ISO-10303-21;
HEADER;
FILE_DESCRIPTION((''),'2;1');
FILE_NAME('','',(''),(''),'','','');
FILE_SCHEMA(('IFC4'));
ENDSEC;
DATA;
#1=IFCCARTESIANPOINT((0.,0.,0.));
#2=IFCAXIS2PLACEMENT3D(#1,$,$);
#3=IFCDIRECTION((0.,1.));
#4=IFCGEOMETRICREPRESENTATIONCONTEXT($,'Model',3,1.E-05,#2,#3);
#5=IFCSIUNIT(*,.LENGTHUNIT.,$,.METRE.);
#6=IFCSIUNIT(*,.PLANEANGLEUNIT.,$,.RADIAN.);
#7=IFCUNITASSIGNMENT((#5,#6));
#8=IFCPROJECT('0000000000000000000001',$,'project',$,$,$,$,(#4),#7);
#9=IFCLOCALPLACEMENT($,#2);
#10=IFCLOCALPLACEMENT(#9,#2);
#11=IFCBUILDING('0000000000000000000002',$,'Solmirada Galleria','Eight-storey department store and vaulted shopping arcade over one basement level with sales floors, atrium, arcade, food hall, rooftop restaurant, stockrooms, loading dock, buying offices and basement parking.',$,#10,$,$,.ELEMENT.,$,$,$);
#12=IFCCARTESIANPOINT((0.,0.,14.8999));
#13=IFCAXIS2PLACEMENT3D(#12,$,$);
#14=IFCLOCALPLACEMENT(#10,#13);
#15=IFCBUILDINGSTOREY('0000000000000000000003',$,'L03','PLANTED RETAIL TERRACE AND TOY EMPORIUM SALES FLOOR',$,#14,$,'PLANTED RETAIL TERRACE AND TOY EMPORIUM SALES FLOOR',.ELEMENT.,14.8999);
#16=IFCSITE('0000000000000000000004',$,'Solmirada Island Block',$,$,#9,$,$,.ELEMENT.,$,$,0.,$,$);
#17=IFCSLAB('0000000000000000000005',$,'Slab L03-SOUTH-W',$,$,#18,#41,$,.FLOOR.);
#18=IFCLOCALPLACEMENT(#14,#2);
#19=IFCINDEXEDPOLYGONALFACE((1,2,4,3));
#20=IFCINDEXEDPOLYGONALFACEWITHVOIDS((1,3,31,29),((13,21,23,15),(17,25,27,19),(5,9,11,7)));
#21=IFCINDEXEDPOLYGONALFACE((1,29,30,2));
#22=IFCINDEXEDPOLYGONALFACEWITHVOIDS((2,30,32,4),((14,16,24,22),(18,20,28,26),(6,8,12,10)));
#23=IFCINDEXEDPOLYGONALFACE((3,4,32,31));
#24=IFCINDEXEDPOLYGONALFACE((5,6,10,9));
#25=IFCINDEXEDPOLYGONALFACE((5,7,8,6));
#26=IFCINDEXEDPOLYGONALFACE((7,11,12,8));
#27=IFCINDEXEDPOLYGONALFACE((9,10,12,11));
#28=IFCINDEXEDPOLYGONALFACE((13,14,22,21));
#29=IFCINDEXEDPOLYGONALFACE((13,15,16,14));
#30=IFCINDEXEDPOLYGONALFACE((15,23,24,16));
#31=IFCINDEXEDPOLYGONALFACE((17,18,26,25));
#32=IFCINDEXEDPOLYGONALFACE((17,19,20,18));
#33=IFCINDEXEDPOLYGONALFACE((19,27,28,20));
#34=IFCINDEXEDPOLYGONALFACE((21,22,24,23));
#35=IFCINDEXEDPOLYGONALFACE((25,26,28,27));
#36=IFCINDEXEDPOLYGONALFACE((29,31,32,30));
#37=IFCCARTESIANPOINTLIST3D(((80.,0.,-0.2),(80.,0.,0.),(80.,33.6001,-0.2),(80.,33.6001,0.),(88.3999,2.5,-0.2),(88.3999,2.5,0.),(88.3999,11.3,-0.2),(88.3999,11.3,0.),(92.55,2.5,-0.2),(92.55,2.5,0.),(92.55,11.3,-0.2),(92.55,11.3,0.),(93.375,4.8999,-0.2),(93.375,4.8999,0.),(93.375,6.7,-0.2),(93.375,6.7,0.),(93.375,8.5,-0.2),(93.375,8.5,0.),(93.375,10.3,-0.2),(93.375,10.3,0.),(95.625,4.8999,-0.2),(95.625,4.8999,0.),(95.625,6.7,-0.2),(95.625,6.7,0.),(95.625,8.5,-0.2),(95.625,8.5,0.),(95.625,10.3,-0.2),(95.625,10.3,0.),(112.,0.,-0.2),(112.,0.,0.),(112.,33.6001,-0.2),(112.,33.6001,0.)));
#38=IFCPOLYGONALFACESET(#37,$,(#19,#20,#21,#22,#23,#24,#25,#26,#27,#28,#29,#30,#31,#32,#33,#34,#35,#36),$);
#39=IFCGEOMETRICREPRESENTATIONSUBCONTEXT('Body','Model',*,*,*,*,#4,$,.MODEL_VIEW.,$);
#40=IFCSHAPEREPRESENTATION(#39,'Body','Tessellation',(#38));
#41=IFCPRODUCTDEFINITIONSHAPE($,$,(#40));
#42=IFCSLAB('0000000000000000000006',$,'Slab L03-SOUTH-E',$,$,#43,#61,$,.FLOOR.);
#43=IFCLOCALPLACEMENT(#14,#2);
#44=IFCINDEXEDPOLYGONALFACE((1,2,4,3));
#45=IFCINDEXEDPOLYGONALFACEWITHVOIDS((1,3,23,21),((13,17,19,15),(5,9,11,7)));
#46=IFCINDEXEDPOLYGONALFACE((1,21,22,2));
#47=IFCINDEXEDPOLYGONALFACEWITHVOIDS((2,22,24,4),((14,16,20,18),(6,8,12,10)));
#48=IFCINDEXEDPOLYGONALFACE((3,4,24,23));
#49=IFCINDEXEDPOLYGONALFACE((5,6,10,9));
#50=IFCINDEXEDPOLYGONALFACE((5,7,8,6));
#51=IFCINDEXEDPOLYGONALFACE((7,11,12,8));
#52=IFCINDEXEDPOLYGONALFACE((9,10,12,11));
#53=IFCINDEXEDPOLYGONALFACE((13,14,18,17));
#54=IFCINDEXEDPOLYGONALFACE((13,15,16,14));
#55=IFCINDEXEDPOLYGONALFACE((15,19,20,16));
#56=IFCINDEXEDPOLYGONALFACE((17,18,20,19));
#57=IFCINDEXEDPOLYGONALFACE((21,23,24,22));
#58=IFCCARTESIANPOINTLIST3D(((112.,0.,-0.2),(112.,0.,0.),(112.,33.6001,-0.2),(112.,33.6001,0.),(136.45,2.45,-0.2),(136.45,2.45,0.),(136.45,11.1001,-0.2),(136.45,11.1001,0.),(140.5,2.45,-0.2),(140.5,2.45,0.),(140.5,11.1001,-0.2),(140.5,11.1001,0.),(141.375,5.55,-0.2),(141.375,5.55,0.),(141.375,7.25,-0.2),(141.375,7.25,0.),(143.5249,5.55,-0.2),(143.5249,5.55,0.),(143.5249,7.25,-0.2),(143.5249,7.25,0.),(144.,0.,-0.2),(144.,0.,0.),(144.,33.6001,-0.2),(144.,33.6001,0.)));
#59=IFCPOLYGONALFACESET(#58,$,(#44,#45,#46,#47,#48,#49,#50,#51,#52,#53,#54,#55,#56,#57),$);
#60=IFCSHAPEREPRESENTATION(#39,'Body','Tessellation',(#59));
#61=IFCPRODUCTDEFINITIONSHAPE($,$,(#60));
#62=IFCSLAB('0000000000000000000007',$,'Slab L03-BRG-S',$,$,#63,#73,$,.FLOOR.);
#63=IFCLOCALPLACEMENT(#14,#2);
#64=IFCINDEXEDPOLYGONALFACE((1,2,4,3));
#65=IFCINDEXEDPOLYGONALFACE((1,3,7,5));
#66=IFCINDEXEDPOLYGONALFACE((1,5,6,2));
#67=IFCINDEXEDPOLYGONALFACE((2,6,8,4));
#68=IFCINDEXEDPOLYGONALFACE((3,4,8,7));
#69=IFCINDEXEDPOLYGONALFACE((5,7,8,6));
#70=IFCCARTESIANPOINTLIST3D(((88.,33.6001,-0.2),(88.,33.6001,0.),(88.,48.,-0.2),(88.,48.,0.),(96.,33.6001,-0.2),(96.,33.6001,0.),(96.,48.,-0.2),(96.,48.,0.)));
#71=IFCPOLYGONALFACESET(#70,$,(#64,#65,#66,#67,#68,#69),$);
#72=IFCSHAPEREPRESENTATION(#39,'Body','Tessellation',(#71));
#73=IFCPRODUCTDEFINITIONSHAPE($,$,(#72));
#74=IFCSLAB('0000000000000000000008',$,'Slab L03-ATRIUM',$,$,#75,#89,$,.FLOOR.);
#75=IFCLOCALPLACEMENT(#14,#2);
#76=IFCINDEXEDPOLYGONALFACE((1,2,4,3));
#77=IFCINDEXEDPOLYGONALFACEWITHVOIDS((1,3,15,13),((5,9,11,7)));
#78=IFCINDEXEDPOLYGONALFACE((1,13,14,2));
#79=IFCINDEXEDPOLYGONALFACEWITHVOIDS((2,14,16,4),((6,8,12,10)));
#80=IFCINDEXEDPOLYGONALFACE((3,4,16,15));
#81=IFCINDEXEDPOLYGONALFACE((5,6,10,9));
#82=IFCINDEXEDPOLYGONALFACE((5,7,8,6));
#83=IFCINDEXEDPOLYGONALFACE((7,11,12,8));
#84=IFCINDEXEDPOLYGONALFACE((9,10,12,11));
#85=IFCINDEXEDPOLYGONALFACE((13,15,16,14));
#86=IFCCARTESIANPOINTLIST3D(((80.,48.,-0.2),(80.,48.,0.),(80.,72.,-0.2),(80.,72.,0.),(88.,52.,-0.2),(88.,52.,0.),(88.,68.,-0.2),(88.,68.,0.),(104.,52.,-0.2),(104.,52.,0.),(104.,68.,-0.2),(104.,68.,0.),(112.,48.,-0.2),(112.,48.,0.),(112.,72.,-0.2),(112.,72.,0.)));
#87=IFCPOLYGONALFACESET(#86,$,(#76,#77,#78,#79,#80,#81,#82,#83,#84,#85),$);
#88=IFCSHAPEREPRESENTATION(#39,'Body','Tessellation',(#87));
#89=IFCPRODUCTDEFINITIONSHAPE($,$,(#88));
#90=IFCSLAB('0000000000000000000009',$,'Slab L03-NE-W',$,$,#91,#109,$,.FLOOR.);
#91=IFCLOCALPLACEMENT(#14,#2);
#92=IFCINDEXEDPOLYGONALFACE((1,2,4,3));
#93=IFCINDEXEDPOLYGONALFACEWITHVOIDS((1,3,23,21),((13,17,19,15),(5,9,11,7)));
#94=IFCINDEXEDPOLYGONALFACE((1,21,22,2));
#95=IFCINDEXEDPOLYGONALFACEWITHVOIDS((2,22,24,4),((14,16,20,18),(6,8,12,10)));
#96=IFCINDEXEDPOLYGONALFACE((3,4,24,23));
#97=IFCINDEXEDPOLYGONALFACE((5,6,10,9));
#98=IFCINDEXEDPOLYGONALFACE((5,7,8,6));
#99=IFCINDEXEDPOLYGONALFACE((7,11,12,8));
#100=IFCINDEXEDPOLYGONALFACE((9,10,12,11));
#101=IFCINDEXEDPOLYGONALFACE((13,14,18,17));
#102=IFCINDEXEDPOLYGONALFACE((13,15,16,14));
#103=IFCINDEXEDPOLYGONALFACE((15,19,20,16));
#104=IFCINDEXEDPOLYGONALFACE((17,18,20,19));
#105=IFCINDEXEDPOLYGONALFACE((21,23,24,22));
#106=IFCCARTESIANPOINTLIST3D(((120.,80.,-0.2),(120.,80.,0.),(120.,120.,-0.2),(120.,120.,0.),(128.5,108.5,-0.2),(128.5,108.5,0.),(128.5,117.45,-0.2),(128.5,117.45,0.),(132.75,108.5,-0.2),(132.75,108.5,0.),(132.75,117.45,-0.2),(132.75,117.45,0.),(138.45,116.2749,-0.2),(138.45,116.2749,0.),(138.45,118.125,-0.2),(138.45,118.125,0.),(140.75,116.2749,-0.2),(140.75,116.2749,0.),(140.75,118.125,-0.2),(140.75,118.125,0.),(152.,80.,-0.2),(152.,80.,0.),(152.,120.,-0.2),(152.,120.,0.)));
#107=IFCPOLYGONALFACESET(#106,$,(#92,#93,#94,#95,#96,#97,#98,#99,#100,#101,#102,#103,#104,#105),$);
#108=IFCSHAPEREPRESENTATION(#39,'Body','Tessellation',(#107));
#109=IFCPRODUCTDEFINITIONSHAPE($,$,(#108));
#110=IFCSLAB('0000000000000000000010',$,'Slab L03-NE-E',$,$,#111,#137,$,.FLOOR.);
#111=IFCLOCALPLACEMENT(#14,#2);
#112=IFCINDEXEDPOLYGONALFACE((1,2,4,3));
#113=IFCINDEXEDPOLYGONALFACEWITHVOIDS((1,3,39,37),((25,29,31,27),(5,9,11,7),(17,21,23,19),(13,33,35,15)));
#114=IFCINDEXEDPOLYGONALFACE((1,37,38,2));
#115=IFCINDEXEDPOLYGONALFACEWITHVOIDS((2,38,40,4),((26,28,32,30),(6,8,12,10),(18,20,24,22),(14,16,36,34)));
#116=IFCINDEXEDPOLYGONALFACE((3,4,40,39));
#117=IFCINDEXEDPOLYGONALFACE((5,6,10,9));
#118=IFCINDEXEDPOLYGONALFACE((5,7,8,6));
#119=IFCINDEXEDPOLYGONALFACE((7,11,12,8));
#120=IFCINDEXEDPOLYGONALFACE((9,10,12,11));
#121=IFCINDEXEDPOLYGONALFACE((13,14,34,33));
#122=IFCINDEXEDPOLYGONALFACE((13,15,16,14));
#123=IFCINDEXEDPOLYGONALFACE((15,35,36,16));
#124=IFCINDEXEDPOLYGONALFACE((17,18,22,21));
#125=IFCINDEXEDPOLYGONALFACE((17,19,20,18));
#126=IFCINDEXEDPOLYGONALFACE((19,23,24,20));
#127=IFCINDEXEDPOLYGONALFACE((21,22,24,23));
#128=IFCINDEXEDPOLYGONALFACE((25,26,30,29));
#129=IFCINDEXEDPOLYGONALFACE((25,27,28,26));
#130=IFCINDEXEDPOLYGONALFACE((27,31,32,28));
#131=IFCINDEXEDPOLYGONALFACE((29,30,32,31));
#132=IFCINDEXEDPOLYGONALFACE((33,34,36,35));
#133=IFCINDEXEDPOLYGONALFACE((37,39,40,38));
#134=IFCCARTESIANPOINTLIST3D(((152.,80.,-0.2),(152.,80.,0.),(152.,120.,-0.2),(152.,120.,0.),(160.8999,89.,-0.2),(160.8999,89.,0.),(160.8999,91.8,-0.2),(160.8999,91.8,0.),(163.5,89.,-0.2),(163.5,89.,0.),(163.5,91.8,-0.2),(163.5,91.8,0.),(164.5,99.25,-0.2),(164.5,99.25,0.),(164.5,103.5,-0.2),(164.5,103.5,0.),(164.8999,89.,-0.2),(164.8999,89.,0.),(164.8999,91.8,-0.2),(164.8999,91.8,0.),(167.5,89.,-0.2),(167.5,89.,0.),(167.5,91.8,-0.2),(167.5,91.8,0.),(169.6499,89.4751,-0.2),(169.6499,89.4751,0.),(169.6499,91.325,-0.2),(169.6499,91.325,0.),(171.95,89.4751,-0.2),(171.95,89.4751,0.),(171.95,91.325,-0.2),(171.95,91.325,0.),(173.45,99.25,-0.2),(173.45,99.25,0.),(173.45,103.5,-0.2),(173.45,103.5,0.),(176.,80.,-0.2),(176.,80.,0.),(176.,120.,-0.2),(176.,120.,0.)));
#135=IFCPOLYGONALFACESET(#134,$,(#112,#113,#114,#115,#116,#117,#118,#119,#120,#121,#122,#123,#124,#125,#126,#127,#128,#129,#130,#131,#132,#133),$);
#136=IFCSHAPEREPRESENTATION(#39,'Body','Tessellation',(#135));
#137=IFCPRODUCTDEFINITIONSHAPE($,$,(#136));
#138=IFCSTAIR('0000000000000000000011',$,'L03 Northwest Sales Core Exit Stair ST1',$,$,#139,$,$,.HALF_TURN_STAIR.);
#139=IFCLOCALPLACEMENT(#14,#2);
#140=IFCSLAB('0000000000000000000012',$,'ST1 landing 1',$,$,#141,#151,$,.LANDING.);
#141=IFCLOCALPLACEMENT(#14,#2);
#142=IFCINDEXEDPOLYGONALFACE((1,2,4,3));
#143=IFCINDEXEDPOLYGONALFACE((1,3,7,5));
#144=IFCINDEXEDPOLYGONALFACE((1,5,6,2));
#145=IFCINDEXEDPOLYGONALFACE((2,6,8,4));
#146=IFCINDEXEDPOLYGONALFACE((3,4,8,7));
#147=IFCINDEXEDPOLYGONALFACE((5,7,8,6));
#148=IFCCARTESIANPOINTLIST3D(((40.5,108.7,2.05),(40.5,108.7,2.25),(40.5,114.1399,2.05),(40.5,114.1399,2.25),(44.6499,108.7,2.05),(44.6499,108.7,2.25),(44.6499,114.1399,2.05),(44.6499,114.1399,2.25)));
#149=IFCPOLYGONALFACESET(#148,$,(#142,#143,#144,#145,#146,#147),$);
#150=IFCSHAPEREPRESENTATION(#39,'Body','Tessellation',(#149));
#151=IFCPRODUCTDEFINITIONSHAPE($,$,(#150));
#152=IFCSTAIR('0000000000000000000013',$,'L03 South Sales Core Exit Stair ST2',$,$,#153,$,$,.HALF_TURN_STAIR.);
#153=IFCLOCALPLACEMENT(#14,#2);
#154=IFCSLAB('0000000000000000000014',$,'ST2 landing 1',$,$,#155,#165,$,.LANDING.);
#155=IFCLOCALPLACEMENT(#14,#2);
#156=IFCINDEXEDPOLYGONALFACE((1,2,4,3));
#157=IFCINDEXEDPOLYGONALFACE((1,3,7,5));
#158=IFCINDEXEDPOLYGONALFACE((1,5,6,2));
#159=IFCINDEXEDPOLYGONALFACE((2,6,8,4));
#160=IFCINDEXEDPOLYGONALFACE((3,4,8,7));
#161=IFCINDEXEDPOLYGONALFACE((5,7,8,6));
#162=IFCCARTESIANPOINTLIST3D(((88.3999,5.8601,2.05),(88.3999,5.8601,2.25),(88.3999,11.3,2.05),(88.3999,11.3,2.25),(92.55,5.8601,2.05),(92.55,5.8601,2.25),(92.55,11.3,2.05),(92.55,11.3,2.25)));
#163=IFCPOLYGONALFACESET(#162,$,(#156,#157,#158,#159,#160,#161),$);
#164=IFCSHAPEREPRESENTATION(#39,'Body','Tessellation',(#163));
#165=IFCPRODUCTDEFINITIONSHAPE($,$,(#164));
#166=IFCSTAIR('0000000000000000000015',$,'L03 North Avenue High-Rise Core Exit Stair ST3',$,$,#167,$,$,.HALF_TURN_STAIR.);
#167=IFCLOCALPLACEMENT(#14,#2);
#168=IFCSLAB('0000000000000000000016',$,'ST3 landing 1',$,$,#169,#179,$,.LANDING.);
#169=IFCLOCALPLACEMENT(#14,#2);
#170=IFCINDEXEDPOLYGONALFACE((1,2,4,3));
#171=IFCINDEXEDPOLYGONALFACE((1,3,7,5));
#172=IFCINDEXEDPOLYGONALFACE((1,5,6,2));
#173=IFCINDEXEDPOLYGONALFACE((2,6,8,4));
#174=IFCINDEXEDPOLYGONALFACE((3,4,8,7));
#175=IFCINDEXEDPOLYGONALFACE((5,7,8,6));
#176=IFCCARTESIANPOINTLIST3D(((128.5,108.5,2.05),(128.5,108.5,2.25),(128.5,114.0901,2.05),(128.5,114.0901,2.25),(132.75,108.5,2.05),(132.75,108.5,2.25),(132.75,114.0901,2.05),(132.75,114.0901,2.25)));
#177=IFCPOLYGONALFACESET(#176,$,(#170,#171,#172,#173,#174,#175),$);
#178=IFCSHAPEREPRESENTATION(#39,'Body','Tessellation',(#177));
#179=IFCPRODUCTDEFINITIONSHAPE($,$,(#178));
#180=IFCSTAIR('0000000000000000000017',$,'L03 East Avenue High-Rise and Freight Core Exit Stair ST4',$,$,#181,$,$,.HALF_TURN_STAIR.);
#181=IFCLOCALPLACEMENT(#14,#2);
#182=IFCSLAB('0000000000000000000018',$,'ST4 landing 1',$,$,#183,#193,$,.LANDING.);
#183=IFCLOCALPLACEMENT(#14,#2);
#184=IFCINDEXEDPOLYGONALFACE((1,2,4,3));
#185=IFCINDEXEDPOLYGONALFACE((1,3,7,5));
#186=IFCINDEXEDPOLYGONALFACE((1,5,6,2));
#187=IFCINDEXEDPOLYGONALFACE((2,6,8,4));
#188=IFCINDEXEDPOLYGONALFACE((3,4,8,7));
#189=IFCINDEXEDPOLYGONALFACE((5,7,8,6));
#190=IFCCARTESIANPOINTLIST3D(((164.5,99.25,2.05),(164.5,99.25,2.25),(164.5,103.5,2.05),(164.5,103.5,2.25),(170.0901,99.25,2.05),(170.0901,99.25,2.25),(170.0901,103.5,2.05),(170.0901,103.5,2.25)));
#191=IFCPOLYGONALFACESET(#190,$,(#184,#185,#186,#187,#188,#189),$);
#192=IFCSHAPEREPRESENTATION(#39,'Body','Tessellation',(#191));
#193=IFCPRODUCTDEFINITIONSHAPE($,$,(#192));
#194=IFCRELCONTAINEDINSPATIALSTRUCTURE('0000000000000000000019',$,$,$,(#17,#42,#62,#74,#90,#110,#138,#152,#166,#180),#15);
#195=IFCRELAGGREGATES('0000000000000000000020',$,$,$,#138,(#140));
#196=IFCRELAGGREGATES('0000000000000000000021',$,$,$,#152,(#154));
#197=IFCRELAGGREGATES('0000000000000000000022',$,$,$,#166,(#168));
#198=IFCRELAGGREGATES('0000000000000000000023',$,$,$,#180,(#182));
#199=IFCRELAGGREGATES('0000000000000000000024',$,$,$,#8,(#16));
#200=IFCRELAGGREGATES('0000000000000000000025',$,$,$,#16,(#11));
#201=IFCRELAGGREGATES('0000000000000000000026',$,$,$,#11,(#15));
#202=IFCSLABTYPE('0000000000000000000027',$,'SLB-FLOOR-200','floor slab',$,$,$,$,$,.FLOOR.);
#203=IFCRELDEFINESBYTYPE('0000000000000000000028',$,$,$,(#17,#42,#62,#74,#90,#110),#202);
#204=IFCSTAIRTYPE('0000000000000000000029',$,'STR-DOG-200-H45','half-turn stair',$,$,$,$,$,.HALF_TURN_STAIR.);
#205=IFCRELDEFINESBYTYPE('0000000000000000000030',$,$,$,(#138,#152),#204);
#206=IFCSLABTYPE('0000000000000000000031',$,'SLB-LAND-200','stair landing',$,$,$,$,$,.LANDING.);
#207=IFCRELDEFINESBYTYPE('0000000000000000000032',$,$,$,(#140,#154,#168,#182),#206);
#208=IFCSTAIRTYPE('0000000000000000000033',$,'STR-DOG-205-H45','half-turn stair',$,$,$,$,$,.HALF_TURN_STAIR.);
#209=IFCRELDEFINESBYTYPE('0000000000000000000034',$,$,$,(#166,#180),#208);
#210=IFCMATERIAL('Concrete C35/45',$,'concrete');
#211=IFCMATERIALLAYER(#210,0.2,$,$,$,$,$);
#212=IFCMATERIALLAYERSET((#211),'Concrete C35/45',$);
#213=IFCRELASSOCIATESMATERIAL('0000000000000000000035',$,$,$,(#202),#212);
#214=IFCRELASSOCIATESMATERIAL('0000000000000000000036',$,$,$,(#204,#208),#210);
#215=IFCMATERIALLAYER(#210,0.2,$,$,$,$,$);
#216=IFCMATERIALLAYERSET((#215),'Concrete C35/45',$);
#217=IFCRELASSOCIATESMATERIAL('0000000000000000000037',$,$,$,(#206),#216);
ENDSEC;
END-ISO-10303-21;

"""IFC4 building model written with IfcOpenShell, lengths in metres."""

from ifc_helpers import new_model, si_unit, direction, frame, origin, place, context, subcontext, project, spatial, polyline, outline, extrude, material, layer, layer_set, type_object, element, aggregate, save


model = new_model("IFC4")

# Units and contexts
model_context = context("Model", 3, precision=1e-05, world=origin(), true_north=direction((0.0, 1.0)))
body_context = subcontext(model_context, "Body", "Model", "MODEL_VIEW")
ifc_project = project(units=[si_unit("LENGTHUNIT", "METRE"), si_unit("PLANEANGLEUNIT", "RADIAN")], contexts=[model_context])

# Site, building, storey
site_placement = place(None, origin())
site = spatial("IfcSite", under=ifc_project, at=site_placement, Name="Solmirada Island Block", CompositionType="ELEMENT", RefElevation=0.0)
building_placement = place(site_placement, origin())
building = spatial("IfcBuilding", under=site, at=building_placement, Name="Solmirada Galleria", Description="Eight-storey department store and vaulted shopping arcade over one basement level with sales floors, atrium, arcade, food hall, rooftop restaurant, stockrooms, loading dock, buying offices and basement parking.", CompositionType="ELEMENT")
storey_placement = place(building_placement, frame((0.0, 0.0, 14.8999)))
storey = spatial("IfcBuildingStorey", under=building, at=storey_placement, Name="L03", Description="PLANTED RETAIL TERRACE AND TOY EMPORIUM SALES FLOOR", LongName="PLANTED RETAIL TERRACE AND TOY EMPORIUM SALES FLOOR", CompositionType="ELEMENT", Elevation=14.8999)

# Slabs
ifc_material_1 = material(Name="Concrete C35/45", Category="concrete")
ifc_layer_1 = layer(ifc_material_1, 0.2)
ifc_layer_set_1 = layer_set([ifc_layer_1], Name="Concrete C35/45")
slab_type_1 = type_object("IfcSlabType", Name="SLB-FLOOR-200", Description="floor slab", PredefinedType="FLOOR", material=ifc_layer_set_1)
slab_1_placement = place(storey_placement, frame((0.0, 0.0, -0.2)))
element("IfcSlab", 1, at=slab_1_placement, inside=storey, type_object=slab_type_1, Name="Slab L03-SOUTH-W", PredefinedType="FLOOR", context=body_context, shape_type="SweptSolid", body=[
    extrude(outline(polyline([(80.0, 0.0), (112.0, 0.0), (112.0, 33.6001), (80.0, 33.6001), (80.0, 0.0)]), holes=[polyline([(88.3999, 2.5), (92.55, 2.5), (92.55, 11.3), (88.3999, 11.3), (88.3999, 2.5)]), polyline([(93.375, 4.8999), (95.625, 4.8999), (95.625, 6.7), (93.375, 6.7), (93.375, 4.8999)]), polyline([(93.375, 8.5), (95.625, 8.5), (95.625, 10.3), (93.375, 10.3), (93.375, 8.5)])]), origin(), (0.0, 0.0, 1.0), 0.2),
])
slab_2_placement = place(storey_placement, frame((0.0, 0.0, -0.2)))
element("IfcSlab", 2, at=slab_2_placement, inside=storey, type_object=slab_type_1, Name="Slab L03-SOUTH-E", PredefinedType="FLOOR", context=body_context, shape_type="SweptSolid", body=[
    extrude(outline(polyline([(112.0, 0.0), (144.0, 0.0), (144.0, 33.6001), (112.0, 33.6001), (112.0, 0.0)]), holes=[polyline([(136.45, 2.45), (140.5, 2.45), (140.5, 11.1001), (136.45, 11.1001), (136.45, 2.45)]), polyline([(141.375, 5.55), (143.5249, 5.55), (143.5249, 7.25), (141.375, 7.25), (141.375, 5.55)])]), origin(), (0.0, 0.0, 1.0), 0.2),
])
slab_3_placement = place(storey_placement, frame((0.0, 0.0, -0.2)))
element("IfcSlab", 3, at=slab_3_placement, inside=storey, type_object=slab_type_1, Name="Slab L03-BRG-S", PredefinedType="FLOOR", context=body_context, shape_type="SweptSolid", body=[
    extrude(outline(polyline([(88.0, 33.6001), (96.0, 33.6001), (96.0, 48.0), (88.0, 48.0), (88.0, 33.6001)])), origin(), (0.0, 0.0, 1.0), 0.2),
])
slab_4_placement = place(storey_placement, frame((0.0, 0.0, -0.2)))
element("IfcSlab", 4, at=slab_4_placement, inside=storey, type_object=slab_type_1, Name="Slab L03-ATRIUM", PredefinedType="FLOOR", context=body_context, shape_type="SweptSolid", body=[
    extrude(outline(polyline([(80.0, 48.0), (112.0, 48.0), (112.0, 72.0), (80.0, 72.0), (80.0, 48.0)]), holes=[polyline([(88.0, 52.0), (104.0, 52.0), (104.0, 68.0), (88.0, 68.0), (88.0, 52.0)])]), origin(), (0.0, 0.0, 1.0), 0.2),
])
slab_5_placement = place(storey_placement, frame((0.0, 0.0, -0.2)))
element("IfcSlab", 5, at=slab_5_placement, inside=storey, type_object=slab_type_1, Name="Slab L03-NE-W", PredefinedType="FLOOR", context=body_context, shape_type="SweptSolid", body=[
    extrude(outline(polyline([(120.0, 80.0), (152.0, 80.0), (152.0, 120.0), (120.0, 120.0), (120.0, 80.0)]), holes=[polyline([(128.5, 108.5), (132.75, 108.5), (132.75, 117.45), (128.5, 117.45), (128.5, 108.5)]), polyline([(138.45, 116.2749), (140.75, 116.2749), (140.75, 118.125), (138.45, 118.125), (138.45, 116.2749)])]), origin(), (0.0, 0.0, 1.0), 0.2),
])
slab_6_placement = place(storey_placement, frame((0.0, 0.0, -0.2)))
element("IfcSlab", 6, at=slab_6_placement, inside=storey, type_object=slab_type_1, Name="Slab L03-NE-E", PredefinedType="FLOOR", context=body_context, shape_type="SweptSolid", body=[
    extrude(outline(polyline([(152.0, 80.0), (176.0, 80.0), (176.0, 120.0), (152.0, 120.0), (152.0, 80.0)]), holes=[polyline([(164.5, 99.25), (173.45, 99.25), (173.45, 103.5), (164.5, 103.5), (164.5, 99.25)]), polyline([(169.6499, 89.4751), (171.95, 89.4751), (171.95, 91.325), (169.6499, 91.325), (169.6499, 89.4751)]), polyline([(164.8999, 89.0), (167.5, 89.0), (167.5, 91.8), (164.8999, 91.8), (164.8999, 89.0)]), polyline([(160.8999, 89.0), (163.5, 89.0), (163.5, 91.8), (160.8999, 91.8), (160.8999, 89.0)])]), origin(), (0.0, 0.0, 1.0), 0.2),
])

# Stairs, slabs
stair_type_1 = type_object("IfcStairType", Name="STR-DOG-200-H45", Description="half-turn stair", PredefinedType="HALF_TURN_STAIR", material=ifc_material_1)
stair_1_placement = place(storey_placement, origin())
stair_1 = element("IfcStair", 7, at=stair_1_placement, inside=storey, type_object=stair_type_1, Name="L03 Northwest Sales Core Exit Stair ST1", PredefinedType="HALF_TURN_STAIR")
ifc_layer_2 = layer(ifc_material_1, 0.2)
ifc_layer_set_2 = layer_set([ifc_layer_2], Name="Concrete C35/45")
slab_type_2 = type_object("IfcSlabType", Name="SLB-LAND-200", Description="stair landing", PredefinedType="LANDING", material=ifc_layer_set_2)
slab_7_placement = place(storey_placement, frame((0.0, 0.0, 2.05)))
slab_7 = element("IfcSlab", 8, at=slab_7_placement, type_object=slab_type_2, Name="ST1 landing 1", PredefinedType="LANDING", context=body_context, shape_type="SweptSolid", body=[
    extrude(outline(polyline([(40.5, 114.1399), (40.5, 108.7), (44.6499, 108.7), (44.6499, 114.1399), (40.5, 114.1399)])), origin(), (0.0, 0.0, 1.0), 0.2),
])
aggregate(stair_1, [slab_7])
stair_2_placement = place(storey_placement, origin())
stair_2 = element("IfcStair", 9, at=stair_2_placement, inside=storey, type_object=stair_type_1, Name="L03 South Sales Core Exit Stair ST2", PredefinedType="HALF_TURN_STAIR")
slab_8_placement = place(storey_placement, frame((0.0, 0.0, 2.05)))
slab_8 = element("IfcSlab", 10, at=slab_8_placement, type_object=slab_type_2, Name="ST2 landing 1", PredefinedType="LANDING", context=body_context, shape_type="SweptSolid", body=[
    extrude(outline(polyline([(92.55, 5.8601), (92.55, 11.3), (88.3999, 11.3), (88.3999, 5.8601), (92.55, 5.8601)])), origin(), (0.0, 0.0, 1.0), 0.2),
])
aggregate(stair_2, [slab_8])
stair_type_2 = type_object("IfcStairType", Name="STR-DOG-205-H45", Description="half-turn stair", PredefinedType="HALF_TURN_STAIR", material=ifc_material_1)
stair_3_placement = place(storey_placement, origin())
stair_3 = element("IfcStair", 11, at=stair_3_placement, inside=storey, type_object=stair_type_2, Name="L03 North Avenue High-Rise Core Exit Stair ST3", PredefinedType="HALF_TURN_STAIR")
slab_9_placement = place(storey_placement, frame((0.0, 0.0, 2.05)))
slab_9 = element("IfcSlab", 12, at=slab_9_placement, type_object=slab_type_2, Name="ST3 landing 1", PredefinedType="LANDING", context=body_context, shape_type="SweptSolid", body=[
    extrude(outline(polyline([(128.5, 114.0901), (128.5, 108.5), (132.75, 108.5), (132.75, 114.0901), (128.5, 114.0901)])), origin(), (0.0, 0.0, 1.0), 0.2),
])
aggregate(stair_3, [slab_9])
stair_4_placement = place(storey_placement, origin())
stair_4 = element("IfcStair", 13, at=stair_4_placement, inside=storey, type_object=stair_type_2, Name="L03 East Avenue High-Rise and Freight Core Exit Stair ST4", PredefinedType="HALF_TURN_STAIR")
slab_10_placement = place(storey_placement, frame((0.0, 0.0, 2.05)))
slab_10 = element("IfcSlab", 14, at=slab_10_placement, type_object=slab_type_2, Name="ST4 landing 1", PredefinedType="LANDING", context=body_context, shape_type="SweptSolid", body=[
    extrude(outline(polyline([(170.0901, 103.5), (164.5, 103.5), (164.5, 99.25), (170.0901, 99.25), (170.0901, 103.5)])), origin(), (0.0, 0.0, 1.0), 0.2),
])
aggregate(stair_4, [slab_10])

save(model, "model.ifc")
